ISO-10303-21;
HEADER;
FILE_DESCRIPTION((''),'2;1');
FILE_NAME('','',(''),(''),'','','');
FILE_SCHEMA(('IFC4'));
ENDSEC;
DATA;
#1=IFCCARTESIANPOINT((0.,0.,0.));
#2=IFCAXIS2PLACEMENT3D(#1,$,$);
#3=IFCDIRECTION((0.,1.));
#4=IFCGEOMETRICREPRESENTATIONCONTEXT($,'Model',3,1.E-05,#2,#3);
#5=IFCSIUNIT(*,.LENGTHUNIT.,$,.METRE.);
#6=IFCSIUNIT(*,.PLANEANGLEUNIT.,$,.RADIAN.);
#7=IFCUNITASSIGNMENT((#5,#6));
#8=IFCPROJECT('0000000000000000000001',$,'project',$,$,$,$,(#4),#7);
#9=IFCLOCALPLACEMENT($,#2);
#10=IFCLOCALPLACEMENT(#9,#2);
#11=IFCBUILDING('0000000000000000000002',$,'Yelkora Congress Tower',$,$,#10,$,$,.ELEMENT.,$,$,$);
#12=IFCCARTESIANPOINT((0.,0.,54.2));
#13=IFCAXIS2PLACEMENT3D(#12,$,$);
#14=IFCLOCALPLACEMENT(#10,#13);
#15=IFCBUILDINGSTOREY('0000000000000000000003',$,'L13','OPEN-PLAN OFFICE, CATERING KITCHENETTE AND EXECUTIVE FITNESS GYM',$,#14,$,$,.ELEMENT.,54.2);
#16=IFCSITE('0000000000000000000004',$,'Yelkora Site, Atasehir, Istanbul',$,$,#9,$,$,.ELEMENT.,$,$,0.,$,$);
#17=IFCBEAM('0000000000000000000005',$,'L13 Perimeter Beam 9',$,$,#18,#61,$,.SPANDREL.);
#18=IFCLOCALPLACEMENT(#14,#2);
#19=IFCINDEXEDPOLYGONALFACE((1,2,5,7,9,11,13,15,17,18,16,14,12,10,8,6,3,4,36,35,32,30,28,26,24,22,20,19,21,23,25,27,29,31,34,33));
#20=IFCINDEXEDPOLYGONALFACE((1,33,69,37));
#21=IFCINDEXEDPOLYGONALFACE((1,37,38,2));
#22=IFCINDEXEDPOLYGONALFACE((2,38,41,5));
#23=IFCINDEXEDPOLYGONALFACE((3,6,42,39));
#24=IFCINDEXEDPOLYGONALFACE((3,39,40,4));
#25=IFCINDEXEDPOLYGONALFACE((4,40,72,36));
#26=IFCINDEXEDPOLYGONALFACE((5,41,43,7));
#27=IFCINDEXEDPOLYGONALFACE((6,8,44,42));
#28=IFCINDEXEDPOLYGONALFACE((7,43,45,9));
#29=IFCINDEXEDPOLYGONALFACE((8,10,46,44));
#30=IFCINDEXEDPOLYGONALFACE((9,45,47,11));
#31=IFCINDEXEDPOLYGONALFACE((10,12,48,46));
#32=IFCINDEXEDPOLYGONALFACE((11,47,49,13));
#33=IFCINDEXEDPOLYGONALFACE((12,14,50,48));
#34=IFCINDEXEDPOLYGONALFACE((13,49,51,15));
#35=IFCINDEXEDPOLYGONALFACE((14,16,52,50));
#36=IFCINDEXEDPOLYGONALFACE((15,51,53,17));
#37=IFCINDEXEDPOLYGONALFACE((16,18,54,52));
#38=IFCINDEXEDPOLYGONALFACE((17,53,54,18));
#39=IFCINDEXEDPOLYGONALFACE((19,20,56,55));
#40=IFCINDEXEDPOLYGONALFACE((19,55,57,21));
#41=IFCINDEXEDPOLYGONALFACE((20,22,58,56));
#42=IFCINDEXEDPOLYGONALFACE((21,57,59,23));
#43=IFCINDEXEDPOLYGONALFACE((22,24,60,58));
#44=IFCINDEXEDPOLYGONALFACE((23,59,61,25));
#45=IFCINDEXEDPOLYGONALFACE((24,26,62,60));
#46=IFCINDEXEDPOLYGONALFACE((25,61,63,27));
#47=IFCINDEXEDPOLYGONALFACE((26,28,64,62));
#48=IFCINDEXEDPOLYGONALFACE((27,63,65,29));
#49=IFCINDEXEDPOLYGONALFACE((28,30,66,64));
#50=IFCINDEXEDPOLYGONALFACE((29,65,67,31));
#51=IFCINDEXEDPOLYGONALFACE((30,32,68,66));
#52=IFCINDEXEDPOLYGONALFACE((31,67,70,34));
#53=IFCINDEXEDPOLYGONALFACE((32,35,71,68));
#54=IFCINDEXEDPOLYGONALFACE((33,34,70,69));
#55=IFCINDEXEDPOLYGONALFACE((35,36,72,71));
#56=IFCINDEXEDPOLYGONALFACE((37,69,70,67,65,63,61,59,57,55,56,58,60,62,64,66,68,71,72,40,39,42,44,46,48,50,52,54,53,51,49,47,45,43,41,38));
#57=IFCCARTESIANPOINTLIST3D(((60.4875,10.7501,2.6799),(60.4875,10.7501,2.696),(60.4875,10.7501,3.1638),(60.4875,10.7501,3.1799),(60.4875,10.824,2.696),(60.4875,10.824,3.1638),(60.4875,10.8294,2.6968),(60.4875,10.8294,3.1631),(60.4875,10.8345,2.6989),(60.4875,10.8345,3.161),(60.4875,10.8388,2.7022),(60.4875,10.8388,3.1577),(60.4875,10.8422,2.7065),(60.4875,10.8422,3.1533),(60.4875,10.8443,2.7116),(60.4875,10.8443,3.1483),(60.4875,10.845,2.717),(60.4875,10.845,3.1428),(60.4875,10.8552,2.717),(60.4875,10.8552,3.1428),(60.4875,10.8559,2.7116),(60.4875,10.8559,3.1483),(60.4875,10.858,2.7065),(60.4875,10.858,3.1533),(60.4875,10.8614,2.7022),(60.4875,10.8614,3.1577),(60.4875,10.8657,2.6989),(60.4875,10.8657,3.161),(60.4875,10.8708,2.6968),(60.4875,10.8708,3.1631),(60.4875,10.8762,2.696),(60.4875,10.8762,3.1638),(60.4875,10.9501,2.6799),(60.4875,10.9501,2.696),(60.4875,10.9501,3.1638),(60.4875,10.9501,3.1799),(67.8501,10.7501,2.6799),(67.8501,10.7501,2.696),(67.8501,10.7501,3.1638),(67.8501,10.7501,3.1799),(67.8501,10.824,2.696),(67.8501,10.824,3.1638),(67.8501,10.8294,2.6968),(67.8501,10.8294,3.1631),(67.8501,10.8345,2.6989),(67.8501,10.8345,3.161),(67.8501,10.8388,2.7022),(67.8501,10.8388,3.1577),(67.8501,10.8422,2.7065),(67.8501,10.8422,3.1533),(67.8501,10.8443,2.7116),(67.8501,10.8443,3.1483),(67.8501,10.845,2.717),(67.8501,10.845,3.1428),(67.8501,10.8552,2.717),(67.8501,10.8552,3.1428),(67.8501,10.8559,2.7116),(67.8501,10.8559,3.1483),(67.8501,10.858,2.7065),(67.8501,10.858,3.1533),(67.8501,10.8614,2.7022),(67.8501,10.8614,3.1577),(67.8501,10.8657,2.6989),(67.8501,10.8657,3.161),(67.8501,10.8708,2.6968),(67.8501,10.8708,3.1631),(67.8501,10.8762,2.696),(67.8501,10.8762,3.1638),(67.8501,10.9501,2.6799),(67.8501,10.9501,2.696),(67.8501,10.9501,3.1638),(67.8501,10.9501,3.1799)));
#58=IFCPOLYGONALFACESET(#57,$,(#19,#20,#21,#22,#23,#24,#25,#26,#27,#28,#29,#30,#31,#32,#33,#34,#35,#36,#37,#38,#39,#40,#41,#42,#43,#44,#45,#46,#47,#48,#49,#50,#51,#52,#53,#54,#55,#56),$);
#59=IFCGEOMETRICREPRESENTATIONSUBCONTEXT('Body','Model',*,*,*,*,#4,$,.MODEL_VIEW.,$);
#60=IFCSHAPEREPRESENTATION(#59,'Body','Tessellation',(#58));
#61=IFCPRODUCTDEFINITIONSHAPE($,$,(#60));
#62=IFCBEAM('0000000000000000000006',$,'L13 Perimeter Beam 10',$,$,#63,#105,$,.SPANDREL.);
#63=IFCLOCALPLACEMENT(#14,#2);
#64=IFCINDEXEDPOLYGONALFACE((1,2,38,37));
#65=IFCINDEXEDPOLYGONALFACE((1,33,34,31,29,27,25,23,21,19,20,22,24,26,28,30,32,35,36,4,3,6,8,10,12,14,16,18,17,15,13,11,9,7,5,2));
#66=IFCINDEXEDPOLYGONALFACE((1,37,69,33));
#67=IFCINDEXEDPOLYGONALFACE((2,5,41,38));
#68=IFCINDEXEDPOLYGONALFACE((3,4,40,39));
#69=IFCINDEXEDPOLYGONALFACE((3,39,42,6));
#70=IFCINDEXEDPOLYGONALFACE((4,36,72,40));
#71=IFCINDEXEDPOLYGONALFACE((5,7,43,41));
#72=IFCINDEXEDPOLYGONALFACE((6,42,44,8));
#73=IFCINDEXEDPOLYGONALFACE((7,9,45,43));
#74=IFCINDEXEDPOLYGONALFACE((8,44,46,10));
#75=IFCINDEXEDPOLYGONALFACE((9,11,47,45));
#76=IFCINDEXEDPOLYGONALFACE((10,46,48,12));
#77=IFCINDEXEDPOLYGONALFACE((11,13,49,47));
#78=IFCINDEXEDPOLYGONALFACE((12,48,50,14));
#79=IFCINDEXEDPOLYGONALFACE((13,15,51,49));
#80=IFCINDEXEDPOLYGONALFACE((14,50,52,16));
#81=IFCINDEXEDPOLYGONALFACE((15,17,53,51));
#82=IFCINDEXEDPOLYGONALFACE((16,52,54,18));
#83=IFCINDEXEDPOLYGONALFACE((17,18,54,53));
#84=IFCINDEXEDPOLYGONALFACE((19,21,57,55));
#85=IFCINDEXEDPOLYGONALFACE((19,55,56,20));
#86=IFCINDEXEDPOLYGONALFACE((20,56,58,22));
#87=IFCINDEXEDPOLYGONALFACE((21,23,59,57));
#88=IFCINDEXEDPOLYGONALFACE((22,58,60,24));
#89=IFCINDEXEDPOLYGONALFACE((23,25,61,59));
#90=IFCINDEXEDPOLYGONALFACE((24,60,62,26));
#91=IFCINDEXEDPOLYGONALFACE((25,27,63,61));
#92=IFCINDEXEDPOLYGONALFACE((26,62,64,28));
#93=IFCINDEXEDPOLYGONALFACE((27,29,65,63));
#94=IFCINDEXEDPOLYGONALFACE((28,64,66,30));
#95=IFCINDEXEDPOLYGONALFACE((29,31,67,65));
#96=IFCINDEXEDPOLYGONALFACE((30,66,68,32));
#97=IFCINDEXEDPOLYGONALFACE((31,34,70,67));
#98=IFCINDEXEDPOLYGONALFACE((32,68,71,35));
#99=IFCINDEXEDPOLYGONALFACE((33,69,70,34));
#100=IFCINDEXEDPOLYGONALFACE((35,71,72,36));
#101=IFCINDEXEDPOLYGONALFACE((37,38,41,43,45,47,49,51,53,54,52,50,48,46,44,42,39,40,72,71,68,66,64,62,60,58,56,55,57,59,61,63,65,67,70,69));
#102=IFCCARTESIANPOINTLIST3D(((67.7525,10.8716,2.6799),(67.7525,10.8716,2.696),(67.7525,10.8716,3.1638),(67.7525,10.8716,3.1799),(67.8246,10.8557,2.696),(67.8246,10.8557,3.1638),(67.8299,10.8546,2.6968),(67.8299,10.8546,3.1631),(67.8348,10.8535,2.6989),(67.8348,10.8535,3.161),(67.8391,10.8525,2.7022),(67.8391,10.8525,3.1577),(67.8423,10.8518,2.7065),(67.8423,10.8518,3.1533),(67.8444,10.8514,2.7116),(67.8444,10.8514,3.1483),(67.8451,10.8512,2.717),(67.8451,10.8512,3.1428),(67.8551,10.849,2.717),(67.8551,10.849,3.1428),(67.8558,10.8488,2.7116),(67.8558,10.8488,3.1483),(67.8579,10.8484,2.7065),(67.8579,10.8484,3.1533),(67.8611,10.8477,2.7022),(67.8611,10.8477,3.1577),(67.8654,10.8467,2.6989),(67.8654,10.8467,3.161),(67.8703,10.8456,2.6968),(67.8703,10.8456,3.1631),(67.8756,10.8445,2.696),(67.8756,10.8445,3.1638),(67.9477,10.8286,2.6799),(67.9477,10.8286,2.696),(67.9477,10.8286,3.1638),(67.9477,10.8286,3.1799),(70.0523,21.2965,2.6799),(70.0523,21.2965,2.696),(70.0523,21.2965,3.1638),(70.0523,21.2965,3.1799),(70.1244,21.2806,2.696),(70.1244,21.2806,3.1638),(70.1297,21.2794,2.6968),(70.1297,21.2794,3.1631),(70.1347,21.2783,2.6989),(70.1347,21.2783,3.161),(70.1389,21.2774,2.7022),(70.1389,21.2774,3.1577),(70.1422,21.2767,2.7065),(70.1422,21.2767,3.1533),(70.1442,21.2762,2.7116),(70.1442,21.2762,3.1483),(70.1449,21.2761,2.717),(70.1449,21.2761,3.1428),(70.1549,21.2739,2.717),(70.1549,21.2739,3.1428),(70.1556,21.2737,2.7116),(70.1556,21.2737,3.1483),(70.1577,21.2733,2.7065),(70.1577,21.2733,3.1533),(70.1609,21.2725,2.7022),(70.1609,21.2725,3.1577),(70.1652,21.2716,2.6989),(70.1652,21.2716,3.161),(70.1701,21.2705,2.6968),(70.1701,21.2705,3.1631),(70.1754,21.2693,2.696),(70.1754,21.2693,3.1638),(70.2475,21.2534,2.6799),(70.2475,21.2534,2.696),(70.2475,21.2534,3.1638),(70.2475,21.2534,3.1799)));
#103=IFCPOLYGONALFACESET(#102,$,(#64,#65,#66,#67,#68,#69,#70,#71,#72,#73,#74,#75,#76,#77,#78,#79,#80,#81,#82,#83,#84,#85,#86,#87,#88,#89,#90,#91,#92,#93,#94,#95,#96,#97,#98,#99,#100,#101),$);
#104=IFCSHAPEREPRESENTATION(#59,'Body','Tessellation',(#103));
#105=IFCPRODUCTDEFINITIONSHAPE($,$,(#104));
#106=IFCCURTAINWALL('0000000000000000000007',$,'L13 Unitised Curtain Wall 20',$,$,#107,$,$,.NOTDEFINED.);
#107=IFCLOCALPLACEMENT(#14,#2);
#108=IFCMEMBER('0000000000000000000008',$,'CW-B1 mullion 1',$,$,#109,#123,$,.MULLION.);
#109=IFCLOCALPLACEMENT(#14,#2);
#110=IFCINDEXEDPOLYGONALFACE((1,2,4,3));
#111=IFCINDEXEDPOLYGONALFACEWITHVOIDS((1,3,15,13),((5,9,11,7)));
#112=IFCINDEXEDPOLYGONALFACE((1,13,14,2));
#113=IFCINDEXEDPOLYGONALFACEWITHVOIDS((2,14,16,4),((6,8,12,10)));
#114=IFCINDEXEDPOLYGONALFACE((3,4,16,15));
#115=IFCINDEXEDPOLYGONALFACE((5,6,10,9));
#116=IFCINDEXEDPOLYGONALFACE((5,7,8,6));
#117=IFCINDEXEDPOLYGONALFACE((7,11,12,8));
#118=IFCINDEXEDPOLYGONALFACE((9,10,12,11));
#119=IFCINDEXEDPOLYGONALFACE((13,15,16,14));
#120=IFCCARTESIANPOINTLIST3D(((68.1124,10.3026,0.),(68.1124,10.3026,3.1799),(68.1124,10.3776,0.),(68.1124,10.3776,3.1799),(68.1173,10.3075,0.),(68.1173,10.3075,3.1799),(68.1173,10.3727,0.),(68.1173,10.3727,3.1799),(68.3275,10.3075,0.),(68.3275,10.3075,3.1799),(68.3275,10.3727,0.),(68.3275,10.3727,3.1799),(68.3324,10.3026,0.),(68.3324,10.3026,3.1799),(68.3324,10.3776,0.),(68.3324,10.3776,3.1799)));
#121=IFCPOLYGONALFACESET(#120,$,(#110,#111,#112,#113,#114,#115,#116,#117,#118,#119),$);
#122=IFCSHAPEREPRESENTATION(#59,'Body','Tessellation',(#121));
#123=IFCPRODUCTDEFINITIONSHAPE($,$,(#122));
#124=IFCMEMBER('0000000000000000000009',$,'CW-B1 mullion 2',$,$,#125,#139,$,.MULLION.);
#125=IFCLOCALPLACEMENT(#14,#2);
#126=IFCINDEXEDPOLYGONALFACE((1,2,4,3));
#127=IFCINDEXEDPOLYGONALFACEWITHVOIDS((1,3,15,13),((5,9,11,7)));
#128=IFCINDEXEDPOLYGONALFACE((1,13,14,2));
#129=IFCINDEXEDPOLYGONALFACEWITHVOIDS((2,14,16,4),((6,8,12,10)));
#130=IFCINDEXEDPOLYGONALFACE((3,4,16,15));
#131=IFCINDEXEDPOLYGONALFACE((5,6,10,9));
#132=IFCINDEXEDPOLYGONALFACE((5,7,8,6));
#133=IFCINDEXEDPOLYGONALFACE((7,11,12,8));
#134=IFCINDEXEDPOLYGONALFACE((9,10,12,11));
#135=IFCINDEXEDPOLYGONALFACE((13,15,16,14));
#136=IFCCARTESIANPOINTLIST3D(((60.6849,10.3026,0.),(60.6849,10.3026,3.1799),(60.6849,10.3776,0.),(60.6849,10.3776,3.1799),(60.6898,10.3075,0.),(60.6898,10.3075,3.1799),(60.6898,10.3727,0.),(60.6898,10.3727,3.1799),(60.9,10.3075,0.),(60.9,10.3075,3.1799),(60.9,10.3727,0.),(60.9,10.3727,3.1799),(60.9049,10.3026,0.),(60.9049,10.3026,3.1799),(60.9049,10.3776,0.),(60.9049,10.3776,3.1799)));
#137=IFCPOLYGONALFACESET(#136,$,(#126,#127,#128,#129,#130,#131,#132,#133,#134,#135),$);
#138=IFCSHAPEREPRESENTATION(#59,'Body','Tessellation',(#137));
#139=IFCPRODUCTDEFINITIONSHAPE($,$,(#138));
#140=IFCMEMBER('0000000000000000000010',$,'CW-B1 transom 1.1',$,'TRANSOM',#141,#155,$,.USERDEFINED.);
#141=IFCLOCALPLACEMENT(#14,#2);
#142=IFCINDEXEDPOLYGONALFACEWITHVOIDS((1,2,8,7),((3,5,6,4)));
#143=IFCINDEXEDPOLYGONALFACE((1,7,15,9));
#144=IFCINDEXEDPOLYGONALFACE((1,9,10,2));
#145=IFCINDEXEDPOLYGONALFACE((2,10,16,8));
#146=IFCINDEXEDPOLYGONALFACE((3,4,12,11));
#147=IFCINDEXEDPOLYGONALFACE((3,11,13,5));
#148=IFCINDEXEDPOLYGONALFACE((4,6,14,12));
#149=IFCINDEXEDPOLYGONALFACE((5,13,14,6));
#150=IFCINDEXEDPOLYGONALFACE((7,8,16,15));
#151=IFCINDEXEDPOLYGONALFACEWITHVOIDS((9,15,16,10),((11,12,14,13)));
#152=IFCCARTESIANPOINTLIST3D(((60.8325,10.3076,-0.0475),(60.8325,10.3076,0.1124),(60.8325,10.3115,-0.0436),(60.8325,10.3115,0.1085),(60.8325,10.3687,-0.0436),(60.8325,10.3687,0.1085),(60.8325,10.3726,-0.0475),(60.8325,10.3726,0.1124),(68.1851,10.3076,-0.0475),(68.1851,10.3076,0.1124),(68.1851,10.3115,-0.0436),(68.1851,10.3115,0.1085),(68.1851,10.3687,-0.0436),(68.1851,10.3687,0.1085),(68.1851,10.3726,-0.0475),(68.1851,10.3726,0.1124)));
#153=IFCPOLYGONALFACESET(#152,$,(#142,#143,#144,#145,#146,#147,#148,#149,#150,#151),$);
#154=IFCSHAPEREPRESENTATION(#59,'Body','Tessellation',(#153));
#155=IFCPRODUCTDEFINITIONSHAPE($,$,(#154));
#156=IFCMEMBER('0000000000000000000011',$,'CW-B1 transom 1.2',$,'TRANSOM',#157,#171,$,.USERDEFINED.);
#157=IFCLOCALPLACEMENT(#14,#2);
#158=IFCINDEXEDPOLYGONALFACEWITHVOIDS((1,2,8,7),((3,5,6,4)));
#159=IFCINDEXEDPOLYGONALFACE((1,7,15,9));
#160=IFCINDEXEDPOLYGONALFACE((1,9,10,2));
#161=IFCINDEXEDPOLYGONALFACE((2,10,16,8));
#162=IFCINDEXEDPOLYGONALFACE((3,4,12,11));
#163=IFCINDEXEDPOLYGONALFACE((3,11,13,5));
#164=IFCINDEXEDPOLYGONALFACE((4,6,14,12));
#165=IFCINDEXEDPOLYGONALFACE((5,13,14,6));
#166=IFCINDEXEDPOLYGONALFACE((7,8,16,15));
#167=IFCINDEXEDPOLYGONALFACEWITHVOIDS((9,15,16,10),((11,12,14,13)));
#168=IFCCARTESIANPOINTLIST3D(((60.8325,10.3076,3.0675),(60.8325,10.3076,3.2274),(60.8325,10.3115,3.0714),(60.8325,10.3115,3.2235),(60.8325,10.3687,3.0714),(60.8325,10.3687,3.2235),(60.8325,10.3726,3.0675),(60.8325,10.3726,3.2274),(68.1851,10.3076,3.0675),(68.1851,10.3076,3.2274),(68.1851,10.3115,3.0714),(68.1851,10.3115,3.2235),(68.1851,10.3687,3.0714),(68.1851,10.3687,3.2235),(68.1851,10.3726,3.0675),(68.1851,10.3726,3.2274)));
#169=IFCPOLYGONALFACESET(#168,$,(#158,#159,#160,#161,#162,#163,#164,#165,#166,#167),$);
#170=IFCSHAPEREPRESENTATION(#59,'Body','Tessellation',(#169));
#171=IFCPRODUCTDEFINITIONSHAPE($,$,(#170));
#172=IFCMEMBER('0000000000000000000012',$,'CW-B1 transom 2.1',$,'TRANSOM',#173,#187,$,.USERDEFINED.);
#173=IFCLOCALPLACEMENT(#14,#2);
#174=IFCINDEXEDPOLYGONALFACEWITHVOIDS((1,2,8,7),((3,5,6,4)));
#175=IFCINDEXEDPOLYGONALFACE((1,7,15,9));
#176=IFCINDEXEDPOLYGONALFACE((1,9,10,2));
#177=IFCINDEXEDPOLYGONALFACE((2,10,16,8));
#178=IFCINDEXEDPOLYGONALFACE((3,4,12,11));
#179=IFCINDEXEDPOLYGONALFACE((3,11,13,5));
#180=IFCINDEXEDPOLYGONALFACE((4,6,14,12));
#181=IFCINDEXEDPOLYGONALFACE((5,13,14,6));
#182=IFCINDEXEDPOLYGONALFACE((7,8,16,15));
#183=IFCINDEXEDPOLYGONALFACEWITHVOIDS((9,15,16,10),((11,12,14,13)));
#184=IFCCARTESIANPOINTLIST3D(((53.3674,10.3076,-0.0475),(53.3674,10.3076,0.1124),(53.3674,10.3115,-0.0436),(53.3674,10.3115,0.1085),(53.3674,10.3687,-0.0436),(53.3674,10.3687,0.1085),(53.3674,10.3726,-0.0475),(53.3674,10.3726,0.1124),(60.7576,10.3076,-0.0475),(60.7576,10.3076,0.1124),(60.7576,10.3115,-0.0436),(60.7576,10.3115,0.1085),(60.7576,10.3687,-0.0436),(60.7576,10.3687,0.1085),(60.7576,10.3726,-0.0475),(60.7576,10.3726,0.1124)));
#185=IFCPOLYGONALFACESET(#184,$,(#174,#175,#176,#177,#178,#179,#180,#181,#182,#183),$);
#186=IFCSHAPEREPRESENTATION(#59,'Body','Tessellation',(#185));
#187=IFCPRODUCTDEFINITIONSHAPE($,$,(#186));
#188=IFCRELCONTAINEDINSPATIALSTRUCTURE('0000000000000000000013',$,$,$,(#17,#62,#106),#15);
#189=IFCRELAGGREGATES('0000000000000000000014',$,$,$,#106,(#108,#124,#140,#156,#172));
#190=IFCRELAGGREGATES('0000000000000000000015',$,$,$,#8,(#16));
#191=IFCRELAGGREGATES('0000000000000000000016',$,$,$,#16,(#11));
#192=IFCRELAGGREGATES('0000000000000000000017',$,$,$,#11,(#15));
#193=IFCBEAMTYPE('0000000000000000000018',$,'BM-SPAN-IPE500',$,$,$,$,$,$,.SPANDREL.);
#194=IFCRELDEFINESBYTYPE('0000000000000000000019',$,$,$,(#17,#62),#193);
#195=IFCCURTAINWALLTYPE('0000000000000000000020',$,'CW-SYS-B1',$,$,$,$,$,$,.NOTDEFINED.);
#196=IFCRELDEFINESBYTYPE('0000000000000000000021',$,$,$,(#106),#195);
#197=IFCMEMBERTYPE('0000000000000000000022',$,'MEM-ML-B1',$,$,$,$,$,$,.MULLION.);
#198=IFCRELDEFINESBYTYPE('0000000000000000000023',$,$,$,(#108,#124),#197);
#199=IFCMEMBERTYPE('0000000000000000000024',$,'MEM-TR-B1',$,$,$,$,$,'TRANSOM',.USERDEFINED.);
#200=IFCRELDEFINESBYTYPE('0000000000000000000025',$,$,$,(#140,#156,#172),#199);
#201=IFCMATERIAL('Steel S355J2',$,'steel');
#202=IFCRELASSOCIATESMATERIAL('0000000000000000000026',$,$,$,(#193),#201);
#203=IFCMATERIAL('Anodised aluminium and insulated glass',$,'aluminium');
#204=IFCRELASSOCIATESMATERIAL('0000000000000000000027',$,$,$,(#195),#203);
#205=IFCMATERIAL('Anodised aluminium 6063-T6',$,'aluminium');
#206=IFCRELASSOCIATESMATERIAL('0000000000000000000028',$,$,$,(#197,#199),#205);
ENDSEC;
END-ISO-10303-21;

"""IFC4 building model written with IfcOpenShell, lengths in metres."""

from ifc_helpers import new_model, si_unit, direction, frame, origin, origin_2d, place, context, subcontext, project, spatial, hollow_rectangle, i_section, extrude, material, material_profile, profile_set, type_object, element, aggregate, save


model = new_model("IFC4")

# Units and contexts
model_context = context("Model", 3, precision=1e-05, world=origin(), true_north=direction((0.0, 1.0)))
body_context = subcontext(model_context, "Body", "Model", "MODEL_VIEW")
ifc_project = project(units=[si_unit("LENGTHUNIT", "METRE"), si_unit("PLANEANGLEUNIT", "RADIAN")], contexts=[model_context])

# Site, building, storey
site_placement = place(None, origin())
site = spatial("IfcSite", under=ifc_project, at=site_placement, Name="Yelkora Site, Atasehir, Istanbul", CompositionType="ELEMENT", RefElevation=0.0)
building_placement = place(site_placement, origin())
building = spatial("IfcBuilding", under=site, at=building_placement, Name="Yelkora Congress Tower", CompositionType="ELEMENT")
storey_placement = place(building_placement, frame((0.0, 0.0, 54.2)))
storey = spatial("IfcBuildingStorey", under=building, at=storey_placement, Name="L13", Description="OPEN-PLAN OFFICE, CATERING KITCHENETTE AND EXECUTIVE FITNESS GYM", CompositionType="ELEMENT", Elevation=54.2)

# Beams
ifc_material_1 = material(Name="Steel S355J2", Category="steel")
ifc_material_profile_1 = material_profile(ifc_material_1, i_section(OverallWidth=0.2, OverallDepth=0.5, WebThickness=0.0103, FlangeThickness=0.0161, FilletRadius=0.021, at=origin_2d()), Name="IPE 500")
ifc_profile_set_1 = profile_set([ifc_material_profile_1], Name="Steel S355J2")
beam_type_1 = type_object("IfcBeamType", Name="BM-SPAN-IPE500", PredefinedType="SPANDREL", material=ifc_profile_set_1)
beam_1_placement = place(storey_placement, frame((60.4875, 10.8501, 2.9299), z_axis=(1.0, 0.0, 0.0), x_axis=(0.0, 1.0, 0.0)))
element("IfcBeam", 1, at=beam_1_placement, inside=storey, type_object=beam_type_1, Name="L13 Perimeter Beam 9", PredefinedType="SPANDREL", context=body_context, shape_type="SweptSolid", body=[
    extrude(i_section(OverallWidth=0.2, OverallDepth=0.5, WebThickness=0.0103, FlangeThickness=0.0161, FilletRadius=0.021, at=origin_2d()), origin(), (0.0, 0.0, 1.0), 7.3625),
])
beam_2_placement = place(storey_placement, frame((67.8501, 10.8501, 2.9299), z_axis=(0.215429, 0.97652, 0.0), x_axis=(-0.97652, 0.215429, 0.0)))
element("IfcBeam", 2, at=beam_2_placement, inside=storey, type_object=beam_type_1, Name="L13 Perimeter Beam 10", PredefinedType="SPANDREL", context=body_context, shape_type="SweptSolid", body=[
    extrude(i_section(OverallWidth=0.2, OverallDepth=0.5, WebThickness=0.0103, FlangeThickness=0.0161, FilletRadius=0.021, at=origin_2d()), origin(), (0.0, 0.0, 1.0), 10.6755),
])

# Curtain wall, members
ifc_material_2 = material(Name="Anodised aluminium and insulated glass", Category="aluminium")
curtain_wall_type = type_object("IfcCurtainWallType", Name="CW-SYS-B1", PredefinedType="NOTDEFINED", material=ifc_material_2)
curtain_wall_placement = place(storey_placement, origin())
curtain_wall = element("IfcCurtainWall", 3, at=curtain_wall_placement, inside=storey, type_object=curtain_wall_type, Name="L13 Unitised Curtain Wall 20", PredefinedType="NOTDEFINED")
ifc_material_3 = material(Name="Anodised aluminium 6063-T6", Category="aluminium")
ifc_material_profile_2 = material_profile(ifc_material_3, hollow_rectangle(XDim=0.075, YDim=0.22, WallThickness=0.0049, at=origin_2d()), Name="ALU 75x220x5")
ifc_profile_set_2 = profile_set([ifc_material_profile_2], Name="Anodised aluminium 6063-T6")
member_type_1 = type_object("IfcMemberType", Name="MEM-ML-B1", PredefinedType="MULLION", material=ifc_profile_set_2)
member_1_placement = place(storey_placement, frame((68.2224, 10.3401, 0.0), z_axis=(0.0, 0.0, 1.0), x_axis=(0.0, -1.0, 0.0)))
member_1 = element("IfcMember", 4, at=member_1_placement, type_object=member_type_1, Name="CW-B1 mullion 1", PredefinedType="MULLION", context=body_context, shape_type="SweptSolid", body=[
    extrude(hollow_rectangle(XDim=0.075, YDim=0.22, WallThickness=0.0049, at=origin_2d()), origin(), (0.0, 0.0, 1.0), 3.1799),
])
member_2_placement = place(storey_placement, frame((60.7949, 10.3401, 0.0), z_axis=(0.0, 0.0, 1.0), x_axis=(0.0, -1.0, 0.0)))
member_2 = element("IfcMember", 5, at=member_2_placement, type_object=member_type_1, Name="CW-B1 mullion 2", PredefinedType="MULLION", context=body_context, shape_type="SweptSolid", body=[
    extrude(hollow_rectangle(XDim=0.075, YDim=0.22, WallThickness=0.0049, at=origin_2d()), origin(), (0.0, 0.0, 1.0), 3.1799),
])
ifc_material_profile_3 = material_profile(ifc_material_3, hollow_rectangle(XDim=0.0649, YDim=0.1599, WallThickness=0.0039, at=origin_2d()), Name="ALU 65x160x4")
ifc_profile_set_3 = profile_set([ifc_material_profile_3], Name="Anodised aluminium 6063-T6")
member_type_2 = type_object("IfcMemberType", Name="MEM-TR-B1", ElementType="TRANSOM", PredefinedType="USERDEFINED", material=ifc_profile_set_3)
member_3_placement = place(storey_placement, frame((68.1851, 10.3401, 0.0325), z_axis=(-1.0, 0.0, 0.0), x_axis=(0.0, -1.0, 0.0)))
member_3 = element("IfcMember", 6, at=member_3_placement, type_object=member_type_2, Name="CW-B1 transom 1.1", ObjectType="TRANSOM", PredefinedType="USERDEFINED", context=body_context, shape_type="SweptSolid", body=[
    extrude(hollow_rectangle(XDim=0.0649, YDim=0.1599, WallThickness=0.0039, at=origin_2d()), origin(), (0.0, 0.0, 1.0), 7.3525),
])
member_4_placement = place(storey_placement, frame((68.1851, 10.3401, 3.1475), z_axis=(-1.0, 0.0, 0.0), x_axis=(0.0, -1.0, 0.0)))
member_4 = element("IfcMember", 7, at=member_4_placement, type_object=member_type_2, Name="CW-B1 transom 1.2", ObjectType="TRANSOM", PredefinedType="USERDEFINED", context=body_context, shape_type="SweptSolid", body=[
    extrude(hollow_rectangle(XDim=0.0649, YDim=0.1599, WallThickness=0.0039, at=origin_2d()), origin(), (0.0, 0.0, 1.0), 7.3525),
])
member_5_placement = place(storey_placement, frame((60.7576, 10.3401, 0.0325), z_axis=(-1.0, 0.0, 0.0), x_axis=(0.0, -1.0, 0.0)))
member_5 = element("IfcMember", 8, at=member_5_placement, type_object=member_type_2, Name="CW-B1 transom 2.1", ObjectType="TRANSOM", PredefinedType="USERDEFINED", context=body_context, shape_type="SweptSolid", body=[
    extrude(hollow_rectangle(XDim=0.0649, YDim=0.1599, WallThickness=0.0039, at=origin_2d()), origin(), (0.0, 0.0, 1.0), 7.3901),
])
aggregate(curtain_wall, [member_1, member_2, member_3, member_4, member_5])

save(model, "model.ifc")
